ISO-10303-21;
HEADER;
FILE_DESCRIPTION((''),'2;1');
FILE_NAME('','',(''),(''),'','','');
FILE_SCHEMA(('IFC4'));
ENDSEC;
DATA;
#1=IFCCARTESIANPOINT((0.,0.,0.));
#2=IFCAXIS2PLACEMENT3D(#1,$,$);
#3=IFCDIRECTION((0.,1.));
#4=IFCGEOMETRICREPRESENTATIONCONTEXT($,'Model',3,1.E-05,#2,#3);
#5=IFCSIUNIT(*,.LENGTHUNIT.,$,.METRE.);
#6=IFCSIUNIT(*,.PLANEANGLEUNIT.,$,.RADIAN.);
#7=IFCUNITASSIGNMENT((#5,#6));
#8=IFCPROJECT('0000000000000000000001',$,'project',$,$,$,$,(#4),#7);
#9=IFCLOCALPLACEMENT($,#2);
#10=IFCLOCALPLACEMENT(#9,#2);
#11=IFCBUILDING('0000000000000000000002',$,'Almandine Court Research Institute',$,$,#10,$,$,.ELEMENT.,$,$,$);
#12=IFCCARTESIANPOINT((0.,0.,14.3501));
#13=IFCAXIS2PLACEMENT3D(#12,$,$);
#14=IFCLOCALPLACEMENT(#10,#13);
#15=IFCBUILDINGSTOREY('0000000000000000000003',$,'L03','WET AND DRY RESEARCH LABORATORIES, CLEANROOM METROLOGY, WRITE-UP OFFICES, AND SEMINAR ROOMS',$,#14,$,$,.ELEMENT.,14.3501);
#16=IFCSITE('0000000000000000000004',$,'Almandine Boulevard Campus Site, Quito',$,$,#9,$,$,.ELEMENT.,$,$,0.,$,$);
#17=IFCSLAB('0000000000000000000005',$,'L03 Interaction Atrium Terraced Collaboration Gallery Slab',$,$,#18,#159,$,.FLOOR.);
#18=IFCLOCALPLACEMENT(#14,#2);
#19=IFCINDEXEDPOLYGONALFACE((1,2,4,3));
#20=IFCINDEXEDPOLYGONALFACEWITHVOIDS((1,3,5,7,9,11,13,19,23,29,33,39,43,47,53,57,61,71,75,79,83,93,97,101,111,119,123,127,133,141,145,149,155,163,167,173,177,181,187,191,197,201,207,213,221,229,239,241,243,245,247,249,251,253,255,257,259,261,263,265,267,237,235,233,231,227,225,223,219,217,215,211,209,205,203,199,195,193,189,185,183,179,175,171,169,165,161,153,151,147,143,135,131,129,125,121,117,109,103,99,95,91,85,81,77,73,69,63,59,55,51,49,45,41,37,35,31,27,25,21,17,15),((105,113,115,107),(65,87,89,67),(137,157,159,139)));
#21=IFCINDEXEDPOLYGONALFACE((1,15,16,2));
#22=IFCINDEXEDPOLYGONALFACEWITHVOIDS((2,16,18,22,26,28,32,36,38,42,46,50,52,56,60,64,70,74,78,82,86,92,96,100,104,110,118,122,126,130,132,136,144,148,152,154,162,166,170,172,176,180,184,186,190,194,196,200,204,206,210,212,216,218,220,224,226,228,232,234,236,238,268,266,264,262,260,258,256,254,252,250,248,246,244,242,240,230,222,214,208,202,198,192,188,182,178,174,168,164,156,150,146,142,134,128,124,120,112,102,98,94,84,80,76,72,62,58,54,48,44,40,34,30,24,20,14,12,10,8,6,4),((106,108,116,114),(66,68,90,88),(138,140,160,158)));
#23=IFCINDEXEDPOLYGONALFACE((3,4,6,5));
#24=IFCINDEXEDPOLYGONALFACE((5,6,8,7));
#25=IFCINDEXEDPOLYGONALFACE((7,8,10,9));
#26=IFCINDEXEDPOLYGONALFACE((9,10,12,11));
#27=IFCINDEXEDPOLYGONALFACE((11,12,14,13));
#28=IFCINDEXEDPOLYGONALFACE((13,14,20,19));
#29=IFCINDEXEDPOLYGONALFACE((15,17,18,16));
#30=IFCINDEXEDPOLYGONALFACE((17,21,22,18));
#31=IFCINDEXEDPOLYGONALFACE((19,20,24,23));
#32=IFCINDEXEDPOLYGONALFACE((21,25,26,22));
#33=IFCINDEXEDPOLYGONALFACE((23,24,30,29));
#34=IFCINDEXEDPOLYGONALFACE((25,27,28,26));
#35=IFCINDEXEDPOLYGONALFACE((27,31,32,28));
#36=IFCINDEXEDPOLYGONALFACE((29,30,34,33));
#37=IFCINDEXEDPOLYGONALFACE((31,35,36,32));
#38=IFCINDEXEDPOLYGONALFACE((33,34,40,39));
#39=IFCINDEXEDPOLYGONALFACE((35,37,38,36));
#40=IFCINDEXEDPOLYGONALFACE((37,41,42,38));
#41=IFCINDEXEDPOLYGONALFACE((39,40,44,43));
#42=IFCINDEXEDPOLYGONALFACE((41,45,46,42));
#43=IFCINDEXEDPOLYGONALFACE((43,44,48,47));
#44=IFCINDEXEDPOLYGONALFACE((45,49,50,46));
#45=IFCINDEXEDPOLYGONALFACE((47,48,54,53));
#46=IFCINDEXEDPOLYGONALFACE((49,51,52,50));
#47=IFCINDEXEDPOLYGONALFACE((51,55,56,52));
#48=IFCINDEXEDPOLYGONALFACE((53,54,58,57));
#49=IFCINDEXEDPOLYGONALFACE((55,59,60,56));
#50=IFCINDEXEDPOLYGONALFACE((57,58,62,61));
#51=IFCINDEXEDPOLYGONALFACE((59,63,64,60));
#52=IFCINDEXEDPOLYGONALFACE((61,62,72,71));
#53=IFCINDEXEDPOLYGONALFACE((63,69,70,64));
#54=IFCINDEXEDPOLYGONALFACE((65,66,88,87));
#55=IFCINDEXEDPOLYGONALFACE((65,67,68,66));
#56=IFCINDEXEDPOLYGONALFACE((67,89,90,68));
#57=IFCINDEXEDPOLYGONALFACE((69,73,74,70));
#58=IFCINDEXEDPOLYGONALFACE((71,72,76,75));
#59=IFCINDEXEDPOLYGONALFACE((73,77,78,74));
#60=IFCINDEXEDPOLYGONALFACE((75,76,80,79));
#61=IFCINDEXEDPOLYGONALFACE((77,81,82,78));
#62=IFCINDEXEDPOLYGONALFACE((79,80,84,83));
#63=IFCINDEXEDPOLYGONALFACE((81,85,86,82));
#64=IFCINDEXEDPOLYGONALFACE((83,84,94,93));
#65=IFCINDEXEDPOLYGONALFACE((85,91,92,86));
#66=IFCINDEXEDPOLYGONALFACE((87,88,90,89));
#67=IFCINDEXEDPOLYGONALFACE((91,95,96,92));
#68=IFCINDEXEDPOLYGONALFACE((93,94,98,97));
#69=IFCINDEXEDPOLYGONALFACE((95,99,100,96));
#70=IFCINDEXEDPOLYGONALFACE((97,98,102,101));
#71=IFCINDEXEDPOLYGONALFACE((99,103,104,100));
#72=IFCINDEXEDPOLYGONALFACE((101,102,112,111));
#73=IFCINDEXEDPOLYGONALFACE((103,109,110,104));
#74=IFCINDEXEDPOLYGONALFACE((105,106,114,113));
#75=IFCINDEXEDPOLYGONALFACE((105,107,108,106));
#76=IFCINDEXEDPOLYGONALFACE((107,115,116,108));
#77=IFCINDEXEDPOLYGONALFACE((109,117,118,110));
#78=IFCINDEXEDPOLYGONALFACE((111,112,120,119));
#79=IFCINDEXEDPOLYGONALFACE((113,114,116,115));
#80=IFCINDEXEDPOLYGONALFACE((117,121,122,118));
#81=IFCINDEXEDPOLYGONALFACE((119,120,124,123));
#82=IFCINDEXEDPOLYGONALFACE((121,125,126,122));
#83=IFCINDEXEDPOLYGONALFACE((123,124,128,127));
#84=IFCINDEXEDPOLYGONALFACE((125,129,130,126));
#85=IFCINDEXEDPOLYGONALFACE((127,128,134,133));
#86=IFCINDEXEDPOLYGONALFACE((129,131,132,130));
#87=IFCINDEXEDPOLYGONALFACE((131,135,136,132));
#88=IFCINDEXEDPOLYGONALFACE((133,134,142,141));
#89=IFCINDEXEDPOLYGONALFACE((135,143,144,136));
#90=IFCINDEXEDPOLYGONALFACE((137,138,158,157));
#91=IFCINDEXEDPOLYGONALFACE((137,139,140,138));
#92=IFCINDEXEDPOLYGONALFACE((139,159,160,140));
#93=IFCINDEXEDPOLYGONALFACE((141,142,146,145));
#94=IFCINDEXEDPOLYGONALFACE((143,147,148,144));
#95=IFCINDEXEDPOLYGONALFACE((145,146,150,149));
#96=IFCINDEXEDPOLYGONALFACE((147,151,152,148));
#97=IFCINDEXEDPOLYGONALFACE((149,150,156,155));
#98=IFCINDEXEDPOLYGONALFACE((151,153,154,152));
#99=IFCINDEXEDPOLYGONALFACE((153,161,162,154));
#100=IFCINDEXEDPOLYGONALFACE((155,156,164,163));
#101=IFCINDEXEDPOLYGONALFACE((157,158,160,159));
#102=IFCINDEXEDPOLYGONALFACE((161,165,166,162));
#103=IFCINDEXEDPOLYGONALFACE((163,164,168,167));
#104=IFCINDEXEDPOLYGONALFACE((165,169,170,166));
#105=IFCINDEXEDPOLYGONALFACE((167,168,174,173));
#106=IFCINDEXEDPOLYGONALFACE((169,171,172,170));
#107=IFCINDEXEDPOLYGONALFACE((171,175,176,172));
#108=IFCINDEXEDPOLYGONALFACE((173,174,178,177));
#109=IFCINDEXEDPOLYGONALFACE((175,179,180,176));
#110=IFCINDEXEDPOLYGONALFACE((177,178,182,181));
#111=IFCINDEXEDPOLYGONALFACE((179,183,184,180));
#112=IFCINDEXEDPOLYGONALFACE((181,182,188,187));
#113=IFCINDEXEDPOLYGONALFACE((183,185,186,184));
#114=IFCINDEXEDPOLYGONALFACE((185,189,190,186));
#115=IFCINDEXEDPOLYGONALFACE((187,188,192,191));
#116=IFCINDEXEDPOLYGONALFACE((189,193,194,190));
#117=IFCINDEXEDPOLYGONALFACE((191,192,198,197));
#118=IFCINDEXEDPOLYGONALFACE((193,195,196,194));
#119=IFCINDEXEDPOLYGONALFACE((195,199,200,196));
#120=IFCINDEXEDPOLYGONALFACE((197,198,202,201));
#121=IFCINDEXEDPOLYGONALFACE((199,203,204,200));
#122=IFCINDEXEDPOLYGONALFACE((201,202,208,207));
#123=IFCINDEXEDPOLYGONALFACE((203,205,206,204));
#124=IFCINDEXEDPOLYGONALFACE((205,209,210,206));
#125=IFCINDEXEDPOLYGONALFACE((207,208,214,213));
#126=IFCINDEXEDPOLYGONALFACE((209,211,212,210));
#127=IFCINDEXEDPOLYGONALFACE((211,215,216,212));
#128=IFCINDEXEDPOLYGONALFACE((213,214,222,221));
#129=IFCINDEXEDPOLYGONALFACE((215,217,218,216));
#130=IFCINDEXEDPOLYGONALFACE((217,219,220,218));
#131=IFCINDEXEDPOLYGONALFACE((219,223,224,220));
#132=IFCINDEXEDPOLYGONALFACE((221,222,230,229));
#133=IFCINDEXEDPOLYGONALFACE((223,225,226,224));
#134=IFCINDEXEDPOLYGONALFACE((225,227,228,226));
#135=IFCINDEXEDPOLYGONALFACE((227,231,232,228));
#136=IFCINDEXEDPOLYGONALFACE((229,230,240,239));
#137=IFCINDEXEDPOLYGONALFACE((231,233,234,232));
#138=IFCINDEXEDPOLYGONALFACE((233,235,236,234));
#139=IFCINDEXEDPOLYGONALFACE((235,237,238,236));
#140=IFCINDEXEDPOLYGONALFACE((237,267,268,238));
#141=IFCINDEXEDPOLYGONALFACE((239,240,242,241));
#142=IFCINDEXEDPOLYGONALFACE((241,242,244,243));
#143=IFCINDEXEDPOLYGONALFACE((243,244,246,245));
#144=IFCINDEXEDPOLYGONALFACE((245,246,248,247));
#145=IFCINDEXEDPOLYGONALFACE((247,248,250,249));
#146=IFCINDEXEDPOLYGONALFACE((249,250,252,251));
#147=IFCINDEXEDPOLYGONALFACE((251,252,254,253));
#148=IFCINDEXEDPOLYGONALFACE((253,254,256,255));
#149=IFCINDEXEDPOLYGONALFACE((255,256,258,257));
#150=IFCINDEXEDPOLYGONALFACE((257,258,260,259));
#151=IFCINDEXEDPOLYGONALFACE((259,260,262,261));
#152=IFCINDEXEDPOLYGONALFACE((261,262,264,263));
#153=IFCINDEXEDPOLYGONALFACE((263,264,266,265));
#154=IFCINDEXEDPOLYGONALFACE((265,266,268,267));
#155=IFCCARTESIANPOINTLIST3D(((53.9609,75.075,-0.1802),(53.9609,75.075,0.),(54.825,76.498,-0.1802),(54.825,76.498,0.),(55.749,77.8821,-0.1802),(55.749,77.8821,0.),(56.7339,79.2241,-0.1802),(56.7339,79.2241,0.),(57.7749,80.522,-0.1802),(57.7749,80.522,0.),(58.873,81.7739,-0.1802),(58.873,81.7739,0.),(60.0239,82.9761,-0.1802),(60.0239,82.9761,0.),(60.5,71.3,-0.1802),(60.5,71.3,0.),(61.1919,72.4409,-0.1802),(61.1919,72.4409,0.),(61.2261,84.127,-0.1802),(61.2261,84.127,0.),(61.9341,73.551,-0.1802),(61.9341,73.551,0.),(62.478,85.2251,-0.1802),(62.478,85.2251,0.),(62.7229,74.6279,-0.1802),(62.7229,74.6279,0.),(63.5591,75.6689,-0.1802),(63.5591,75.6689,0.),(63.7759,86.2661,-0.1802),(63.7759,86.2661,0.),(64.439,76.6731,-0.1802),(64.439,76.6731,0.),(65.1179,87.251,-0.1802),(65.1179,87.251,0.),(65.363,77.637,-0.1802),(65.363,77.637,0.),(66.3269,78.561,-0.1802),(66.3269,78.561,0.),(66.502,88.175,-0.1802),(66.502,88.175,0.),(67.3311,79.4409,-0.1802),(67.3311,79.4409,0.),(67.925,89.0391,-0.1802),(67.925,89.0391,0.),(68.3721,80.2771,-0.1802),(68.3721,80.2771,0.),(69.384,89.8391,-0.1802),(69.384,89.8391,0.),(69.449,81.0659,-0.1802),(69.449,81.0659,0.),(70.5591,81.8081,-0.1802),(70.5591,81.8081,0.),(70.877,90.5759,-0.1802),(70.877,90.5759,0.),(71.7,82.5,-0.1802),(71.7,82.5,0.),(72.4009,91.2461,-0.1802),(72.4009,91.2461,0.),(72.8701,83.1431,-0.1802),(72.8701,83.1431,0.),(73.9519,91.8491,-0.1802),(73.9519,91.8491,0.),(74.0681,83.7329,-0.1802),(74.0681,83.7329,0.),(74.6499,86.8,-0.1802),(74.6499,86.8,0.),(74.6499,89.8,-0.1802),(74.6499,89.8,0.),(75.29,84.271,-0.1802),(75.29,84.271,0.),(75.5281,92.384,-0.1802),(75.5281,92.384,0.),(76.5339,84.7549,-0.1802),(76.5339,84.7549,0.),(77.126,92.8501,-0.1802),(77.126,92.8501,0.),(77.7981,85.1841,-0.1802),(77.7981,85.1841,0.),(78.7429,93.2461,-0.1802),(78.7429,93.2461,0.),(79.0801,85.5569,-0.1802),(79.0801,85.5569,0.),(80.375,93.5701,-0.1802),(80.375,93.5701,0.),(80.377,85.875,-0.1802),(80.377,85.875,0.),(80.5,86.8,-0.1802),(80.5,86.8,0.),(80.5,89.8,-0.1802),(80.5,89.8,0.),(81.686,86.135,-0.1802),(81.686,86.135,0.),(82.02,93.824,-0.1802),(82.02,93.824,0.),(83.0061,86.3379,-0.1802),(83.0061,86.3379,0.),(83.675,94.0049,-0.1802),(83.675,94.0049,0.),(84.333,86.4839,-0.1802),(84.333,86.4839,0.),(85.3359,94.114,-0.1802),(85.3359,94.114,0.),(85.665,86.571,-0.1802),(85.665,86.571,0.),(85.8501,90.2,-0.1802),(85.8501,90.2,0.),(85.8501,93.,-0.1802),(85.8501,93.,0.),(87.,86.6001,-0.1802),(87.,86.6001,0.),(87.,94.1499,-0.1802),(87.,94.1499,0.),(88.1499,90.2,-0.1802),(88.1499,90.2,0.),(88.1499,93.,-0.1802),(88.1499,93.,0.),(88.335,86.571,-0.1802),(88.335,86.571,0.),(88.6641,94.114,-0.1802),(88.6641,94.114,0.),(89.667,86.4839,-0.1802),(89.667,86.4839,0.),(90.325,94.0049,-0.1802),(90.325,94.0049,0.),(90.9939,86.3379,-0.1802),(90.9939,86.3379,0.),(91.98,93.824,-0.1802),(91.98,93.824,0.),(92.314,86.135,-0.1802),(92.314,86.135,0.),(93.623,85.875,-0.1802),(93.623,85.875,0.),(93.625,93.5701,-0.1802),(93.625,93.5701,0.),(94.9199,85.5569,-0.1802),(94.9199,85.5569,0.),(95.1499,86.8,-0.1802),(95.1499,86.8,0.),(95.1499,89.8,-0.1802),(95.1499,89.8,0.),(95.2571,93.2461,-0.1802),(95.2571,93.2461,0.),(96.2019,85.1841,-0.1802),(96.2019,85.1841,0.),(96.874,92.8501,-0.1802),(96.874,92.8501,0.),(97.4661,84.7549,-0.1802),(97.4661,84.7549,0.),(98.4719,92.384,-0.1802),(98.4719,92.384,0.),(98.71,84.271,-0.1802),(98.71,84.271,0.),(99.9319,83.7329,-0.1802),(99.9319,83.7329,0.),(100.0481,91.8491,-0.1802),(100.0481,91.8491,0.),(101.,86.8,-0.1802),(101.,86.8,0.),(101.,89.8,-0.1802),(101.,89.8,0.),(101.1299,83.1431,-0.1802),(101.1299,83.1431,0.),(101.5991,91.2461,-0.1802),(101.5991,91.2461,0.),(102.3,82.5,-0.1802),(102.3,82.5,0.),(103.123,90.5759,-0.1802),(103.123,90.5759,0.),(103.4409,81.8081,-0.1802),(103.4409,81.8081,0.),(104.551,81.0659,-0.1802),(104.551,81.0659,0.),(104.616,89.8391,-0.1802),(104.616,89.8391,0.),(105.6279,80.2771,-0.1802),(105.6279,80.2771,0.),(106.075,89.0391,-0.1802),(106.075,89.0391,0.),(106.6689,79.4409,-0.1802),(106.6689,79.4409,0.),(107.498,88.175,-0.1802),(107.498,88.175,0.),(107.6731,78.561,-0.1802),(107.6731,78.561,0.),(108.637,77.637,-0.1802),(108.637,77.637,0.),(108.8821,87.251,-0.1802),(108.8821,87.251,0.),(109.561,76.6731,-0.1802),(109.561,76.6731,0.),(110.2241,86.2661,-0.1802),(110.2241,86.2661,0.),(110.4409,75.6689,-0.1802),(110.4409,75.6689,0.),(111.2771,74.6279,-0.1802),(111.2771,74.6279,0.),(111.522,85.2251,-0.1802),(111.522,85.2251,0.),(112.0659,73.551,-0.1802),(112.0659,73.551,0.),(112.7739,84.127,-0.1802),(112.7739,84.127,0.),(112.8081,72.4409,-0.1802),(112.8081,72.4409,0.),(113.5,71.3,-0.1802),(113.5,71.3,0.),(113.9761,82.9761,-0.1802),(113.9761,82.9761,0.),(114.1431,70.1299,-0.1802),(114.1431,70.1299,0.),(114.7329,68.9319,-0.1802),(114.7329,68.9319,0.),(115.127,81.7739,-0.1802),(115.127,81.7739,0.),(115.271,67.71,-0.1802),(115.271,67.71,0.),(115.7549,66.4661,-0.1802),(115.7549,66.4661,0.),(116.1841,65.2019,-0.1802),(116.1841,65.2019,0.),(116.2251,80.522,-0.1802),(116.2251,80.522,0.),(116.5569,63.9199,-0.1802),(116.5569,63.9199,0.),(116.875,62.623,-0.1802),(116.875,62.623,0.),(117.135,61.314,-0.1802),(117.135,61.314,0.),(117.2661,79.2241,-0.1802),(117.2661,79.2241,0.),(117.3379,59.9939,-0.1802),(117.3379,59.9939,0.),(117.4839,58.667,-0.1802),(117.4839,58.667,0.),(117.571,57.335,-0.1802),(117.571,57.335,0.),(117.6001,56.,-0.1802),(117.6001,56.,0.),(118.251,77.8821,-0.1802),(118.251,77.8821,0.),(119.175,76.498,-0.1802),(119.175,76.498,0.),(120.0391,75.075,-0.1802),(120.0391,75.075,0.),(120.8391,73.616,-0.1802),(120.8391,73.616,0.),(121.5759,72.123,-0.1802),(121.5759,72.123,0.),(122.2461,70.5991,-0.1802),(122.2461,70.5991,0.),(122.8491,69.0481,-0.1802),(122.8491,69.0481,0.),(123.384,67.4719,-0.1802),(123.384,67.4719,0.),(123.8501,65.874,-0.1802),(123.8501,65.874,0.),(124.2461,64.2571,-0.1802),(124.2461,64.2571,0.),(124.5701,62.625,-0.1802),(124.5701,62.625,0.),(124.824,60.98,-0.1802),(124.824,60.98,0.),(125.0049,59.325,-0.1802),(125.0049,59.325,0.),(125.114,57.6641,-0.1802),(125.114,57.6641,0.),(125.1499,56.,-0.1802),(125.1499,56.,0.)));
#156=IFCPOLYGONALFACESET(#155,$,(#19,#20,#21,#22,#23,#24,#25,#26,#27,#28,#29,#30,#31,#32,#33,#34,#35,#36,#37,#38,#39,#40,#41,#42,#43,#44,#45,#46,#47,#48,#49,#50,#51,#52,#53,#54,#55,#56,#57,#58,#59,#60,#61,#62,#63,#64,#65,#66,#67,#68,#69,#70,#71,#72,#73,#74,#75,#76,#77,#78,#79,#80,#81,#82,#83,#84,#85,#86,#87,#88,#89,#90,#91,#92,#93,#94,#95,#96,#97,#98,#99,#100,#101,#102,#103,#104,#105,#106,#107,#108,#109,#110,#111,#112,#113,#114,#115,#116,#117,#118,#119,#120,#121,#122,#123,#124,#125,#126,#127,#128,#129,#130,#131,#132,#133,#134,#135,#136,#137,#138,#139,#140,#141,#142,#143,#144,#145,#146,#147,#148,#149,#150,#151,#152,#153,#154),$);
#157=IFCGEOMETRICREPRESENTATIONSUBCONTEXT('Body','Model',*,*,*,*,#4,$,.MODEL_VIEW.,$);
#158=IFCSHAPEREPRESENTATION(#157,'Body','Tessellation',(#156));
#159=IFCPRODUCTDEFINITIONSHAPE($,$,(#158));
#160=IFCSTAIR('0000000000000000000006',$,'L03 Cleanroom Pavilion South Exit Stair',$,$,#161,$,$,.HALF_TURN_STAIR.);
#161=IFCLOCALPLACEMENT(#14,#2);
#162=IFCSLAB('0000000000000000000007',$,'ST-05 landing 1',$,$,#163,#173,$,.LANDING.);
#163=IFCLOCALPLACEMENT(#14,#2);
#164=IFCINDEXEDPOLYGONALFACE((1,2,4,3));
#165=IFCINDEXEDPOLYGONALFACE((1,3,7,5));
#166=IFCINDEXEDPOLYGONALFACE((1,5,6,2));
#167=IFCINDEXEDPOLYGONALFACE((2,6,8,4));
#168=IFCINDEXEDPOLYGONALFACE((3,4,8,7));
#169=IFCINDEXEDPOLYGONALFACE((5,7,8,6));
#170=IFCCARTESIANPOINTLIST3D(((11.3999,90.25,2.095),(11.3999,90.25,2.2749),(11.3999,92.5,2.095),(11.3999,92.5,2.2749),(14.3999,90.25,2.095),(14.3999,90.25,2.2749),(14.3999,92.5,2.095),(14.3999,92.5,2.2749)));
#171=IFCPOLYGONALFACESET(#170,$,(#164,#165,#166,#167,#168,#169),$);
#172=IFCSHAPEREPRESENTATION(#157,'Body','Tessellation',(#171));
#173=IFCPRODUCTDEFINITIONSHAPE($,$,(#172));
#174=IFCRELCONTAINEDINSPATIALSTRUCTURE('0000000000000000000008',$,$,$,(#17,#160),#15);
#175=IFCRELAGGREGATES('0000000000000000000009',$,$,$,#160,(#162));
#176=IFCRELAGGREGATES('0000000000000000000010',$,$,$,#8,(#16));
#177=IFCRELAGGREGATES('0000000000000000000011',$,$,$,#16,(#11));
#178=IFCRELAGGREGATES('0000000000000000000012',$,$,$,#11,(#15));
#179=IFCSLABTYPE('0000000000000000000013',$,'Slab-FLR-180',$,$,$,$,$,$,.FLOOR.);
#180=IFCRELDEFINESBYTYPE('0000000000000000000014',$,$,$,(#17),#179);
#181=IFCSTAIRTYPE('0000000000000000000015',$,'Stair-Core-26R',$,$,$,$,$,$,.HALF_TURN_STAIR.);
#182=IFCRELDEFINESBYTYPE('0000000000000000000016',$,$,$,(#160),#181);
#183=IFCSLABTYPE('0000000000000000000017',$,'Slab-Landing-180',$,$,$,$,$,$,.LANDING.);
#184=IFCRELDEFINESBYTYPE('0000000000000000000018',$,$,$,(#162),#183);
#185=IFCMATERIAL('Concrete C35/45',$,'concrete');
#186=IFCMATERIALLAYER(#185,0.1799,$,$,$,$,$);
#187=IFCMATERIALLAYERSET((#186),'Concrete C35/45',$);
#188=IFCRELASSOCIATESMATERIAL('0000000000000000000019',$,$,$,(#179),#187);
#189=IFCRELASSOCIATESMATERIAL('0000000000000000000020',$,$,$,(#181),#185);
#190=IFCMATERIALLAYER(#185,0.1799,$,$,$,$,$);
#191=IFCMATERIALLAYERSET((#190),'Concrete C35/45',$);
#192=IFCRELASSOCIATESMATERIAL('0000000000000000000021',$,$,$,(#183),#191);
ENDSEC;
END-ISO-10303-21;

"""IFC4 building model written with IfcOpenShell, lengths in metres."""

from ifc_helpers import new_model, si_unit, direction, frame, origin, place, context, subcontext, project, spatial, polyline, outline, extrude, material, layer, layer_set, type_object, element, aggregate, save


model = new_model("IFC4")

# Units and contexts
model_context = context("Model", 3, precision=1e-05, world=origin(), true_north=direction((0.0, 1.0)))
body_context = subcontext(model_context, "Body", "Model", "MODEL_VIEW")
ifc_project = project(units=[si_unit("LENGTHUNIT", "METRE"), si_unit("PLANEANGLEUNIT", "RADIAN")], contexts=[model_context])

# Site, building, storey
site_placement = place(None, origin())
site = spatial("IfcSite", under=ifc_project, at=site_placement, Name="Almandine Boulevard Campus Site, Quito", CompositionType="ELEMENT", RefElevation=0.0)
building_placement = place(site_placement, origin())
building = spatial("IfcBuilding", under=site, at=building_placement, Name="Almandine Court Research Institute", CompositionType="ELEMENT")
storey_placement = place(building_placement, frame((0.0, 0.0, 14.3501)))
storey = spatial("IfcBuildingStorey", under=building, at=storey_placement, Name="L03", Description="WET AND DRY RESEARCH LABORATORIES, CLEANROOM METROLOGY, WRITE-UP OFFICES, AND SEMINAR ROOMS", CompositionType="ELEMENT", Elevation=14.3501)

# Slab
ifc_material_1 = material(Name="Concrete C35/45", Category="concrete")
ifc_layer_1 = layer(ifc_material_1, 0.1799)
ifc_layer_set_1 = layer_set([ifc_layer_1], Name="Concrete C35/45")
slab_type_1 = type_object("IfcSlabType", Name="Slab-FLR-180", PredefinedType="FLOOR", material=ifc_layer_set_1)
slab_1_placement = place(storey_placement, frame((0.0, 0.0, -0.1802)))
element("IfcSlab", 1, at=slab_1_placement, inside=storey, type_object=slab_type_1, Name="L03 Interaction Atrium Terraced Collaboration Gallery Slab", PredefinedType="FLOOR", context=body_context, shape_type="SweptSolid", body=[
    extrude(outline(polyline([(125.1499, 56.0), (125.114, 57.6641), (125.0049, 59.325), (124.824, 60.98), (124.5701, 62.625), (124.2461, 64.2571), (123.8501, 65.874), (123.384, 67.4719), (122.8491, 69.0481), (122.2461, 70.5991), (121.5759, 72.123), (120.8391, 73.616), (120.0391, 75.075), (119.175, 76.498), (118.251, 77.8821), (117.2661, 79.2241), (116.2251, 80.522), (115.127, 81.7739), (113.9761, 82.9761), (112.7739, 84.127), (111.522, 85.2251), (110.2241, 86.2661), (108.8821, 87.251), (107.498, 88.175), (106.075, 89.0391), (104.616, 89.8391), (103.123, 90.5759), (101.5991, 91.2461), (100.0481, 91.8491), (98.4719, 92.384), (96.874, 92.8501), (95.2571, 93.2461), (93.625, 93.5701), (91.98, 93.824), (90.325, 94.0049), (88.6641, 94.114), (87.0, 94.1499), (85.3359, 94.114), (83.675, 94.0049), (82.02, 93.824), (80.375, 93.5701), (78.7429, 93.2461), (77.126, 92.8501), (75.5281, 92.384), (73.9519, 91.8491), (72.4009, 91.2461), (70.877, 90.5759), (69.384, 89.8391), (67.925, 89.0391), (66.502, 88.175), (65.1179, 87.251), (63.7759, 86.2661), (62.478, 85.2251), (61.2261, 84.127), (60.0239, 82.9761), (58.873, 81.7739), (57.7749, 80.522), (56.7339, 79.2241), (55.749, 77.8821), (54.825, 76.498), (53.9609, 75.075), (60.5, 71.3), (61.1919, 72.4409), (61.9341, 73.551), (62.7229, 74.6279), (63.5591, 75.6689), (64.439, 76.6731), (65.363, 77.637), (66.3269, 78.561), (67.3311, 79.4409), (68.3721, 80.2771), (69.449, 81.0659), (70.5591, 81.8081), (71.7, 82.5), (72.8701, 83.1431), (74.0681, 83.7329), (75.29, 84.271), (76.5339, 84.7549), (77.7981, 85.1841), (79.0801, 85.5569), (80.377, 85.875), (81.686, 86.135), (83.0061, 86.3379), (84.333, 86.4839), (85.665, 86.571), (87.0, 86.6001), (88.335, 86.571), (89.667, 86.4839), (90.9939, 86.3379), (92.314, 86.135), (93.623, 85.875), (94.9199, 85.5569), (96.2019, 85.1841), (97.4661, 84.7549), (98.71, 84.271), (99.9319, 83.7329), (101.1299, 83.1431), (102.3, 82.5), (103.4409, 81.8081), (104.551, 81.0659), (105.6279, 80.2771), (106.6689, 79.4409), (107.6731, 78.561), (108.637, 77.637), (109.561, 76.6731), (110.4409, 75.6689), (111.2771, 74.6279), (112.0659, 73.551), (112.8081, 72.4409), (113.5, 71.3), (114.1431, 70.1299), (114.7329, 68.9319), (115.271, 67.71), (115.7549, 66.4661), (116.1841, 65.2019), (116.5569, 63.9199), (116.875, 62.623), (117.135, 61.314), (117.3379, 59.9939), (117.4839, 58.667), (117.571, 57.335), (117.6001, 56.0), (125.1499, 56.0)]), holes=[polyline([(95.1499, 86.8), (101.0, 86.8), (101.0, 89.8), (95.1499, 89.8), (95.1499, 86.8)]), polyline([(74.6499, 86.8), (80.5, 86.8), (80.5, 89.8), (74.6499, 89.8), (74.6499, 86.8)]), polyline([(85.8501, 90.2), (88.1499, 90.2), (88.1499, 93.0), (85.8501, 93.0), (85.8501, 90.2)])]), origin(), (0.0, 0.0, 1.0), 0.1802),
])

# Stair, slab
stair_type = type_object("IfcStairType", Name="Stair-Core-26R", PredefinedType="HALF_TURN_STAIR", material=ifc_material_1)
stair_1_placement = place(storey_placement, origin())
stair_1 = element("IfcStair", 2, at=stair_1_placement, inside=storey, type_object=stair_type, Name="L03 Cleanroom Pavilion South Exit Stair", PredefinedType="HALF_TURN_STAIR")
ifc_layer_2 = layer(ifc_material_1, 0.1799)
ifc_layer_set_2 = layer_set([ifc_layer_2], Name="Concrete C35/45")
slab_type_2 = type_object("IfcSlabType", Name="Slab-Landing-180", PredefinedType="LANDING", material=ifc_layer_set_2)
slab_2_placement = place(storey_placement, frame((0.0, 0.0, 2.095)))
slab_2 = element("IfcSlab", 3, at=slab_2_placement, type_object=slab_type_2, Name="ST-05 landing 1", PredefinedType="LANDING", context=body_context, shape_type="SweptSolid", body=[
    extrude(outline(polyline([(14.3999, 90.25), (14.3999, 92.5), (11.3999, 92.5), (11.3999, 90.25), (14.3999, 90.25)])), origin(), (0.0, 0.0, 1.0), 0.1799),
])
aggregate(stair_1, [slab_2])

save(model, "model.ifc")
